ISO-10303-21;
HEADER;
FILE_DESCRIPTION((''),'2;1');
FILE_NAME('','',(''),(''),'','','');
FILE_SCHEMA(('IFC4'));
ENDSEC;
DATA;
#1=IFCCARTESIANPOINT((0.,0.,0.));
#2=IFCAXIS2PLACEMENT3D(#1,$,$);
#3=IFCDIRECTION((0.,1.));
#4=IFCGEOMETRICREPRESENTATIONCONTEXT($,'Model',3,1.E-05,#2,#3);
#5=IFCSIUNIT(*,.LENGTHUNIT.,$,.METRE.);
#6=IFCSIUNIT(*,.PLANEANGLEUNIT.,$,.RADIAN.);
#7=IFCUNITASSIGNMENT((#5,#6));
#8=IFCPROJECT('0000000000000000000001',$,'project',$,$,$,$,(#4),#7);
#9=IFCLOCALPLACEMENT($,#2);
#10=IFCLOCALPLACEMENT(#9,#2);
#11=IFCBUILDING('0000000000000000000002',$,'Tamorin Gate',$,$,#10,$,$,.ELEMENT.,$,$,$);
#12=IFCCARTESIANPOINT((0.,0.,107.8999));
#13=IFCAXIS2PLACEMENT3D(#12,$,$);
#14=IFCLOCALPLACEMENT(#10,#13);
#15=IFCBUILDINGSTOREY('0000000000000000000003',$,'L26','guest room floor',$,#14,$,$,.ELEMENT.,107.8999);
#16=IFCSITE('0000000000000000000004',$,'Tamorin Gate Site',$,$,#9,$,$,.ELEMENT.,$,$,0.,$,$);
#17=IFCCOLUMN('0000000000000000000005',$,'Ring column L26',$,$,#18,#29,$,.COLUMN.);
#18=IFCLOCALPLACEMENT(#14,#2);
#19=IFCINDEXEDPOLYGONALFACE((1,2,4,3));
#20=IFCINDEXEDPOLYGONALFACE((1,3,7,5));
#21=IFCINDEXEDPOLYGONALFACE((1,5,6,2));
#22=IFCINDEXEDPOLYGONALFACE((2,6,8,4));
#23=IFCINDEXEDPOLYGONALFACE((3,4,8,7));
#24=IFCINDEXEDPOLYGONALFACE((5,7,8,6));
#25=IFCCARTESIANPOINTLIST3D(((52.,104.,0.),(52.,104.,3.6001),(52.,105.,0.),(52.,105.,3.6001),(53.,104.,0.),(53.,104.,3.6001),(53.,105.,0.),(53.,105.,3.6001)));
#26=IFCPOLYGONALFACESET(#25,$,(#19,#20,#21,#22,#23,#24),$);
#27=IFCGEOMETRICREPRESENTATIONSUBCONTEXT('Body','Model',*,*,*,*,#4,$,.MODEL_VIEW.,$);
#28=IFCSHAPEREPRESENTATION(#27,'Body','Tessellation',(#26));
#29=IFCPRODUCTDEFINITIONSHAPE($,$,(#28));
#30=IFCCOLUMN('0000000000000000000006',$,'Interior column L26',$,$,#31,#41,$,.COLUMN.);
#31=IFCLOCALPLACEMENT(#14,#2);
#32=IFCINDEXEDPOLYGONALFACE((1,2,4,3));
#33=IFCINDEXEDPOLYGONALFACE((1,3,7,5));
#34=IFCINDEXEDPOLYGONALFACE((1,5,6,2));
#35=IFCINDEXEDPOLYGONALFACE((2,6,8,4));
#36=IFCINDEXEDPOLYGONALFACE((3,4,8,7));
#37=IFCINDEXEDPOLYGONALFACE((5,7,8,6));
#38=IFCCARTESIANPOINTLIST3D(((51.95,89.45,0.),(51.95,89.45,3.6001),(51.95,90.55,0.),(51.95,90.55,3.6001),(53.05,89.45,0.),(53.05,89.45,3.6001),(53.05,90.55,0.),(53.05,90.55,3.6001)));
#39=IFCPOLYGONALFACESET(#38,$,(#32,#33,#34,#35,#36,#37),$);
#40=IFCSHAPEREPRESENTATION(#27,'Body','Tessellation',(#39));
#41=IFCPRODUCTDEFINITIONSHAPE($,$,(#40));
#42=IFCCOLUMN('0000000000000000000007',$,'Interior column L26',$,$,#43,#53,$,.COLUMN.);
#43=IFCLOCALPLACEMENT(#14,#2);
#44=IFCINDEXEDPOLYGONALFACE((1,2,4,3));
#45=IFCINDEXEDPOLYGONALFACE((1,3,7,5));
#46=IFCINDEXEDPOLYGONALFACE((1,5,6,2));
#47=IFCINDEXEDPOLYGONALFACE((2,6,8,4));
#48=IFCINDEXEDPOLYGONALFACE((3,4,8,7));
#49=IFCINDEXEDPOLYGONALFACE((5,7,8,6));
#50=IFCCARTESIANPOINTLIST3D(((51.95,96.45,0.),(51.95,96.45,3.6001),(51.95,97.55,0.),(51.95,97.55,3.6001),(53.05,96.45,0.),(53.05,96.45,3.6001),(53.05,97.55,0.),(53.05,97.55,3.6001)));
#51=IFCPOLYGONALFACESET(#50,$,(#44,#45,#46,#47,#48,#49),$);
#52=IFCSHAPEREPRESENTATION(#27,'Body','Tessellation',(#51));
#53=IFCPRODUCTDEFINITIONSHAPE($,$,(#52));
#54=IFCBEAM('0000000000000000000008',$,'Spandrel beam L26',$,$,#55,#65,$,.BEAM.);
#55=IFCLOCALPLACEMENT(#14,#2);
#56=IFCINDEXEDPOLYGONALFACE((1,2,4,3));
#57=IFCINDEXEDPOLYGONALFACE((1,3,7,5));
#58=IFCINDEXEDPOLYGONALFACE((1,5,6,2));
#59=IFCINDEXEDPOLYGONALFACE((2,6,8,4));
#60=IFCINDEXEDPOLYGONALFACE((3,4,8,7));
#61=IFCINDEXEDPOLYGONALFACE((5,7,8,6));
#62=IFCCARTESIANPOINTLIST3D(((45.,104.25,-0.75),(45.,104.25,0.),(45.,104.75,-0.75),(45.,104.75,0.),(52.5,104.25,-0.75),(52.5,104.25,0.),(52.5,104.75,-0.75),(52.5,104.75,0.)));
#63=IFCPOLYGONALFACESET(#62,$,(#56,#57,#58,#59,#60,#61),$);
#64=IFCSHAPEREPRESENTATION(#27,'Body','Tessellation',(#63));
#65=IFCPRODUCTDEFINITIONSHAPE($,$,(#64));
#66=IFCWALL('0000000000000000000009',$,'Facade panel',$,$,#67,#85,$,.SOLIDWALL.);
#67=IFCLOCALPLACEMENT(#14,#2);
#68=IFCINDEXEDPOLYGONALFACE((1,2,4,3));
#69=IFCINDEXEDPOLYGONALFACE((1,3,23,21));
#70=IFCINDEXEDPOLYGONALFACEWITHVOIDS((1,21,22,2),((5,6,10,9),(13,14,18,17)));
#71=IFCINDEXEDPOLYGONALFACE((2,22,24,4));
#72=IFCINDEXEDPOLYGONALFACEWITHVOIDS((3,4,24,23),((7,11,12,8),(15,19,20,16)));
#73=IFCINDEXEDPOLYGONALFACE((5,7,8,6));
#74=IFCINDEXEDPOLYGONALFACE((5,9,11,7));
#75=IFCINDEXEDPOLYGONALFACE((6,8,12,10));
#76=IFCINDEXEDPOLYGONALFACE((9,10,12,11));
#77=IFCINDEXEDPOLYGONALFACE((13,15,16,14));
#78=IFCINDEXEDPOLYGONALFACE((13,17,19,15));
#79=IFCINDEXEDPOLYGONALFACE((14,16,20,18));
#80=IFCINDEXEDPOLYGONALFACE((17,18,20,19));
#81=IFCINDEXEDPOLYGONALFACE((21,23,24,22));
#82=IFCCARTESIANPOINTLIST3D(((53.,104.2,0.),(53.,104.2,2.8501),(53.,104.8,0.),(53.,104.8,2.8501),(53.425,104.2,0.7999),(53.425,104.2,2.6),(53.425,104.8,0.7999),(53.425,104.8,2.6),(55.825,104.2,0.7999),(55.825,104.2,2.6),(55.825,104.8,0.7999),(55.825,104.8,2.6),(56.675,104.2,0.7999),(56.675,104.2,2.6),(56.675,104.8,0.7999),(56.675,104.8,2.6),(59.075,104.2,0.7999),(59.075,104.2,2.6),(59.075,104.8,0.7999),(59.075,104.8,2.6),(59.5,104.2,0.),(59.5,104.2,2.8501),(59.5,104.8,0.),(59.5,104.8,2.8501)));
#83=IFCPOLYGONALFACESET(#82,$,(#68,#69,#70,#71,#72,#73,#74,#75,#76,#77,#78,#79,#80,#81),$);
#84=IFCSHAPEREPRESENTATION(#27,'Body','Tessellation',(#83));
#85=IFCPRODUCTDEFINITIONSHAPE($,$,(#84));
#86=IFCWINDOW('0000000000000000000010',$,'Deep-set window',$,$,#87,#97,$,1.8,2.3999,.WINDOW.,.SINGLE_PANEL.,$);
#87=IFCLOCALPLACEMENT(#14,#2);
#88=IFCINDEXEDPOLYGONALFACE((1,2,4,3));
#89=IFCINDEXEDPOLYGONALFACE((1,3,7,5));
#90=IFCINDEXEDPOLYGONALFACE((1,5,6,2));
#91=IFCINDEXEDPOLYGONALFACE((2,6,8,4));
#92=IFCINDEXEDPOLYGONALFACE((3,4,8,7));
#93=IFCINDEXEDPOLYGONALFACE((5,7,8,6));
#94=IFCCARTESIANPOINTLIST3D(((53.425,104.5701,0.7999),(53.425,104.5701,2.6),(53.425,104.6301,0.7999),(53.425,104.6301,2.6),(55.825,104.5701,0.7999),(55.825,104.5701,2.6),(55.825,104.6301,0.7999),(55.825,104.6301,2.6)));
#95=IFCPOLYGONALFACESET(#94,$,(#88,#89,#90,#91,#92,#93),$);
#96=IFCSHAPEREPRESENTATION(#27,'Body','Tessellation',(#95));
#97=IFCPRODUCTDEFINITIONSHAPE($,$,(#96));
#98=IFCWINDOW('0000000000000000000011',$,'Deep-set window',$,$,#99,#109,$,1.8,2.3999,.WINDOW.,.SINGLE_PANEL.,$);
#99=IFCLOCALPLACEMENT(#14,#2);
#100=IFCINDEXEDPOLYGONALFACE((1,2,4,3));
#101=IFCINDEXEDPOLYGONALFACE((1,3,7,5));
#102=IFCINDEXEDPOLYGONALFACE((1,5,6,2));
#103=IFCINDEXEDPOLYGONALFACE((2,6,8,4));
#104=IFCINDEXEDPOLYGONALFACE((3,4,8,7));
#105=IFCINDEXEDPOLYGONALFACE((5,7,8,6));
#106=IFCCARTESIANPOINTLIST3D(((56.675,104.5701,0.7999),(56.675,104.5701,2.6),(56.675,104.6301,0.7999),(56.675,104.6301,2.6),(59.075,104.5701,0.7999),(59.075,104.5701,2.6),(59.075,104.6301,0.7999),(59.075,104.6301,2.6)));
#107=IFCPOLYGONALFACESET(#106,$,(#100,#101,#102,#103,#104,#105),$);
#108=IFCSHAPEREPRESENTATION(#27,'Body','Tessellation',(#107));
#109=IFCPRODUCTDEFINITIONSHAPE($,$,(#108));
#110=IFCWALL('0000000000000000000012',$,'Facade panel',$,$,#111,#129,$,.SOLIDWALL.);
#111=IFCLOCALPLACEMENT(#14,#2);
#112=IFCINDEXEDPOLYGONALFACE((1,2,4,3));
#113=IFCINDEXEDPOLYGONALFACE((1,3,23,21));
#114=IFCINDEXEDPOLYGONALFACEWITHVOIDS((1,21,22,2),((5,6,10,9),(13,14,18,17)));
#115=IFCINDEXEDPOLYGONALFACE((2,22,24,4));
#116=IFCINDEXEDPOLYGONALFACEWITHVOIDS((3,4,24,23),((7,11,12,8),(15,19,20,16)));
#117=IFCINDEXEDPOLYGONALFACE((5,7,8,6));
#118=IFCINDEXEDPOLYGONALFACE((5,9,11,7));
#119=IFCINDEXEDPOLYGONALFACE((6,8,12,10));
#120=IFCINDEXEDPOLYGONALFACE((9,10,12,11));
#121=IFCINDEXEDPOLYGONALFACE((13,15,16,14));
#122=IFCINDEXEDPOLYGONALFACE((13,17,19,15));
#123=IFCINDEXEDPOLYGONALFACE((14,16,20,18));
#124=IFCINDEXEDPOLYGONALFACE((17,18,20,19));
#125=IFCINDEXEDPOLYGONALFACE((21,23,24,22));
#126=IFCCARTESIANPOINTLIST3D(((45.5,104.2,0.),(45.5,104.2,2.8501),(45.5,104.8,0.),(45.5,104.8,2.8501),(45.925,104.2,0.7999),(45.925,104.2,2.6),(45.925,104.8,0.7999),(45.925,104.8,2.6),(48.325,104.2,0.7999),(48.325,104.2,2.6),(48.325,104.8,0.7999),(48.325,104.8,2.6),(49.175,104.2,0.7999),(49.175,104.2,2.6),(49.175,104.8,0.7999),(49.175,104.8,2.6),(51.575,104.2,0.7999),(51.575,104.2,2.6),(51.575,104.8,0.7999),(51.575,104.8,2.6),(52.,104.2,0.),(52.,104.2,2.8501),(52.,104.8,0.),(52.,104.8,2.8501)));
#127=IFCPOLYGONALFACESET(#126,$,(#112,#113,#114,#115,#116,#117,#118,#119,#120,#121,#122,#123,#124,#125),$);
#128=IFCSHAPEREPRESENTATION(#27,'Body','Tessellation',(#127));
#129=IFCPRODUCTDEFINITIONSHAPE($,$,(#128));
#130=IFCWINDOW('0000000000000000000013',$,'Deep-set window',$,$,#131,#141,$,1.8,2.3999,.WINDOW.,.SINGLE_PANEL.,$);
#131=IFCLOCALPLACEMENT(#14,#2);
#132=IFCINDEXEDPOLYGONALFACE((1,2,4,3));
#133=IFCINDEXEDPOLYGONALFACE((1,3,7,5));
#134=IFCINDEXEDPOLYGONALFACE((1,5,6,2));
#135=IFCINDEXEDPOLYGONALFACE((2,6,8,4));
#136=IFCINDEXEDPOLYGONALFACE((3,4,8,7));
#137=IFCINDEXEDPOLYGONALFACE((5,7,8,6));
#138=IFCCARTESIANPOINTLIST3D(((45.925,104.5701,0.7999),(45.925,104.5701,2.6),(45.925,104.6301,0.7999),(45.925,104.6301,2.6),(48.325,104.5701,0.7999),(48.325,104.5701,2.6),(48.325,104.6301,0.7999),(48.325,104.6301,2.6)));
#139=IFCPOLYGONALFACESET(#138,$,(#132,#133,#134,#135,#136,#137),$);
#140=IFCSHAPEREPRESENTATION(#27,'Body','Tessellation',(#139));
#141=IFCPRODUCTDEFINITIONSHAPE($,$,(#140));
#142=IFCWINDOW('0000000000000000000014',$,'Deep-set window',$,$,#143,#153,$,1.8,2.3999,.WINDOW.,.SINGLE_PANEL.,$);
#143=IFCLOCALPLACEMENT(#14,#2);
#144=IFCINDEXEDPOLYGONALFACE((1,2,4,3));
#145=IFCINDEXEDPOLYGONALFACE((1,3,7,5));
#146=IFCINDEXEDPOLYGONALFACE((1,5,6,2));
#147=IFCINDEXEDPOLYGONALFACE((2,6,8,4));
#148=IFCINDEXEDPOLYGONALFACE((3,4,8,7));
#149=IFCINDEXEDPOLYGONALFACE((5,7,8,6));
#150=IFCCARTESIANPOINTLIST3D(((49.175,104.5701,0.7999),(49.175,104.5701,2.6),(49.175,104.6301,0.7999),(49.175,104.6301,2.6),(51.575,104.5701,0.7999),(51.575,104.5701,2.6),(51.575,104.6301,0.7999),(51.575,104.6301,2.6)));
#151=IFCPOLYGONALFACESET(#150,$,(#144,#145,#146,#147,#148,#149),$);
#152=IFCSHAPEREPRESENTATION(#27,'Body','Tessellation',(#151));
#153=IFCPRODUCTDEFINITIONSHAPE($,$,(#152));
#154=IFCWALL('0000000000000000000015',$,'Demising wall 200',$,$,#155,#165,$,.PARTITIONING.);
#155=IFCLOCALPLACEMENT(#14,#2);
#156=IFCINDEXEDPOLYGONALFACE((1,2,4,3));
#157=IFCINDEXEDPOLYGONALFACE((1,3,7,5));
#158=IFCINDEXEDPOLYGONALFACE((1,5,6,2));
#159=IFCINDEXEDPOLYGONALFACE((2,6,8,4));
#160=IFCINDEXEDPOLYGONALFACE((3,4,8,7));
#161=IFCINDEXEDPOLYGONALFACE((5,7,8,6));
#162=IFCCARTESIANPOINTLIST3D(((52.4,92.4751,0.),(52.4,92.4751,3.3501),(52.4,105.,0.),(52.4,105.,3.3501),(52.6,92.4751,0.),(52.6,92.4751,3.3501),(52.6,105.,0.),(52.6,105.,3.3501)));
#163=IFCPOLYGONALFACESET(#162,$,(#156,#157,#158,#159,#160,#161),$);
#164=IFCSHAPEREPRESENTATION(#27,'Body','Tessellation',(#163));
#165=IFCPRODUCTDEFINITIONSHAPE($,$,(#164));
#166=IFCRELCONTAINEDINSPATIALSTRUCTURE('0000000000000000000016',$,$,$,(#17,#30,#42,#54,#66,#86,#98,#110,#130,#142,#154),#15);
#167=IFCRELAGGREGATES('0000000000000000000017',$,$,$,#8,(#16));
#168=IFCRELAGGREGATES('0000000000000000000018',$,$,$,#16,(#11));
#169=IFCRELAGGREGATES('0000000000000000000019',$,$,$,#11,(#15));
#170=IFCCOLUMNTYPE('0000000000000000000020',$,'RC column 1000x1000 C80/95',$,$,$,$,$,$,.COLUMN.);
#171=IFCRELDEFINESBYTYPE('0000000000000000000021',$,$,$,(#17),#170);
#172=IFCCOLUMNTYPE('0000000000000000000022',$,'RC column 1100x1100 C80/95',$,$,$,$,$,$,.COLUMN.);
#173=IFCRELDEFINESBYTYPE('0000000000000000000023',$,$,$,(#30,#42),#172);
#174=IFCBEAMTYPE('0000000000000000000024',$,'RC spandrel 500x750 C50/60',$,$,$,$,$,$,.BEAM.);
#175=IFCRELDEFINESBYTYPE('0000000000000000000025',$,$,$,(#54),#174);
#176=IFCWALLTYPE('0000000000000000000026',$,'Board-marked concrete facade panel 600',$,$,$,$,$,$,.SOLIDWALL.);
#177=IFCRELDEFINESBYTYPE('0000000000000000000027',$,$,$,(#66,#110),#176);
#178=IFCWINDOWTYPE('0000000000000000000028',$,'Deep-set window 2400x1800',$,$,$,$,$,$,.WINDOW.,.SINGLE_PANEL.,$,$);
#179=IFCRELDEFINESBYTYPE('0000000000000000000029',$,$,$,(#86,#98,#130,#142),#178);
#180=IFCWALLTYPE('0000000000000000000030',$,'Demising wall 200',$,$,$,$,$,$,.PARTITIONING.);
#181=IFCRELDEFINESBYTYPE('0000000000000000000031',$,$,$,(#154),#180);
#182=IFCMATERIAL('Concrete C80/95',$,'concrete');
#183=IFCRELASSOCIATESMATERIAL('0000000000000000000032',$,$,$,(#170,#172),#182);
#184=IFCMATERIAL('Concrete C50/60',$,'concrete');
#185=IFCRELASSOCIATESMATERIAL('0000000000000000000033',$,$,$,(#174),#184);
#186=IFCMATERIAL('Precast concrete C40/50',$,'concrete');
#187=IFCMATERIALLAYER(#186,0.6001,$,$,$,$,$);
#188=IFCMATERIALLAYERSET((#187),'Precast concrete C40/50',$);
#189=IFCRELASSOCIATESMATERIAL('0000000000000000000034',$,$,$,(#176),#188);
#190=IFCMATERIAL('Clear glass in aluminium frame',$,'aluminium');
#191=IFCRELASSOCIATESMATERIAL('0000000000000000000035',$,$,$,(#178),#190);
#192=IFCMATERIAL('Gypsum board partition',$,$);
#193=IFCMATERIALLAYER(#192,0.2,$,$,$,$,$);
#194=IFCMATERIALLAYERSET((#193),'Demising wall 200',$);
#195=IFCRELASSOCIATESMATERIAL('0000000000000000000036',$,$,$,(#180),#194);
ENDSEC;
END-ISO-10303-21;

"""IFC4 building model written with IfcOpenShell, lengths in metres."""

from ifc_helpers import new_model, si_unit, direction, frame, frame_2d, origin, origin_2d, place, context, subcontext, project, spatial, rectangle, extrude, material, layer, layer_set, material_profile, profile_set, type_object, element, fill, save


model = new_model("IFC4")

# Units and contexts
model_context = context("Model", 3, precision=1e-05, world=origin(), true_north=direction((0.0, 1.0)))
body_context = subcontext(model_context, "Body", "Model", "MODEL_VIEW")
ifc_project = project(units=[si_unit("LENGTHUNIT", "METRE"), si_unit("PLANEANGLEUNIT", "RADIAN")], contexts=[model_context])

# Site, building, storey
site_placement = place(None, origin())
site = spatial("IfcSite", under=ifc_project, at=site_placement, Name="Tamorin Gate Site", CompositionType="ELEMENT", RefElevation=0.0)
building_placement = place(site_placement, origin())
building = spatial("IfcBuilding", under=site, at=building_placement, Name="Tamorin Gate", CompositionType="ELEMENT")
storey_placement = place(building_placement, frame((0.0, 0.0, 107.8999)))
storey = spatial("IfcBuildingStorey", under=building, at=storey_placement, Name="L26", Description="guest room floor", CompositionType="ELEMENT", Elevation=107.8999)

# Columns
ifc_material_1 = material(Name="Concrete C80/95", Category="concrete")
ifc_material_profile_1 = material_profile(ifc_material_1, rectangle(XDim=1.0, YDim=1.0, at=origin_2d()), Name="RC 1000x1000")
ifc_profile_set_1 = profile_set([ifc_material_profile_1], Name="Concrete C80/95")
column_type_1 = type_object("IfcColumnType", Name="RC column 1000x1000 C80/95", PredefinedType="COLUMN", material=ifc_profile_set_1)
column_placement = place(storey_placement, frame((52.5, 104.5, 0.0), z_axis=(0.0, 0.0, 1.0), x_axis=(1.0, 0.0, 0.0)))
element("IfcColumn", 1, at=column_placement, inside=storey, type_object=column_type_1, Name="Ring column L26", PredefinedType="COLUMN", context=body_context, shape_type="SweptSolid", body=[
    extrude(rectangle(XDim=1.0, YDim=1.0, at=origin_2d()), origin(), (0.0, 0.0, 1.0), 3.6001),
])
ifc_material_profile_2 = material_profile(ifc_material_1, rectangle(XDim=1.1001, YDim=1.1001, at=origin_2d()), Name="RC 1100x1100")
ifc_profile_set_2 = profile_set([ifc_material_profile_2], Name="Concrete C80/95")
column_type_2 = type_object("IfcColumnType", Name="RC column 1100x1100 C80/95", PredefinedType="COLUMN", material=ifc_profile_set_2)
for number, where, z_axis, x_axis, name in (
    (2, (52.5, 90.0, 0.0), (0.0, 0.0, 1.0), (1.0, 0.0, 0.0), "Interior column L26"),
    (3, (52.5, 97.0, 0.0), (0.0, 0.0, 1.0), (1.0, 0.0, 0.0), "Interior column L26"),
):
    element("IfcColumn", number, at=place(storey_placement, frame(where, z_axis=z_axis, x_axis=x_axis)), inside=storey, type_object=column_type_2, Name=name, PredefinedType="COLUMN", context=body_context, shape_type="SweptSolid", body=[
        extrude(rectangle(XDim=1.1001, YDim=1.1001, at=origin_2d()), origin(), (0.0, 0.0, 1.0), 3.6001),
    ])

# Beam
ifc_material_2 = material(Name="Concrete C50/60", Category="concrete")
ifc_material_profile_3 = material_profile(ifc_material_2, rectangle(XDim=0.5, YDim=0.75, at=origin_2d()), Name="RC 500x750")
ifc_profile_set_3 = profile_set([ifc_material_profile_3], Name="Concrete C50/60")
beam_type = type_object("IfcBeamType", Name="RC spandrel 500x750 C50/60", PredefinedType="BEAM", material=ifc_profile_set_3)
beam_placement = place(storey_placement, frame((52.5, 104.5, -0.375), z_axis=(-1.0, 0.0, 0.0), x_axis=(0.0, -1.0, 0.0)))
element("IfcBeam", 4, at=beam_placement, inside=storey, type_object=beam_type, Name="Spandrel beam L26", PredefinedType="BEAM", context=body_context, shape_type="SweptSolid", body=[
    extrude(rectangle(XDim=0.5, YDim=0.75, at=origin_2d()), origin(), (0.0, 0.0, 1.0), 7.5),
])

# Walls, openings, windows
ifc_material_3 = material(Name="Precast concrete C40/50", Category="concrete")
ifc_layer_1 = layer(ifc_material_3, 0.6001)
ifc_layer_set_1 = layer_set([ifc_layer_1], Name="Precast concrete C40/50")
wall_type_1 = type_object("IfcWallType", Name="Board-marked concrete facade panel 600", PredefinedType="SOLIDWALL", material=ifc_layer_set_1)
wall_1_placement = place(storey_placement, frame((59.5, 104.5, 0.0), z_axis=(0.0, 0.0, 1.0), x_axis=(-1.0, 0.0, 0.0)))
wall_1 = element("IfcWall", 5, at=wall_1_placement, inside=storey, type_object=wall_type_1, Name="Facade panel", PredefinedType="SOLIDWALL", context=body_context, shape_type="SweptSolid", body=[
    extrude(rectangle(XDim=6.5, YDim=0.6001, at=frame_2d((3.25, 0.0))), origin(), (0.0, 0.0, 1.0), 2.8501),
])
opening_1_placement = place(wall_1_placement, frame((3.675, 0.0, 0.8)))
opening_1 = element("IfcOpeningElement", 6, at=opening_1_placement, cuts=wall_1, PredefinedType="OPENING", context=body_context, shape_type="SweptSolid", body=[
    extrude(rectangle(XDim=2.3999, YDim=1.8, at=frame_2d((1.2, 0.8999))), frame((0.0, 0.3101, 0.0), z_axis=(0.0, -1.0, 0.0), x_axis=(1.0, 0.0, 0.0)), (0.0, 0.0, 1.0), 0.6201),
])
opening_2_placement = place(wall_1_placement, frame((0.425, 0.0, 0.8)))
opening_2 = element("IfcOpeningElement", 7, at=opening_2_placement, cuts=wall_1, PredefinedType="OPENING", context=body_context, shape_type="SweptSolid", body=[
    extrude(rectangle(XDim=2.3999, YDim=1.8, at=frame_2d((1.2, 0.8999))), frame((0.0, 0.3101, 0.0), z_axis=(0.0, -1.0, 0.0), x_axis=(1.0, 0.0, 0.0)), (0.0, 0.0, 1.0), 0.6201),
])
ifc_material_4 = material(Name="Clear glass in aluminium frame", Category="aluminium")
window_type = type_object("IfcWindowType", Name="Deep-set window 2400x1800", PartitioningType="SINGLE_PANEL", PredefinedType="WINDOW", material=ifc_material_4)
window_1_placement = place(opening_1_placement, origin())
window_1 = element("IfcWindow", 8, at=window_1_placement, inside=storey, type_object=window_type, Name="Deep-set window", OverallHeight=1.8, OverallWidth=2.3999, PartitioningType="SINGLE_PANEL", PredefinedType="WINDOW", context=body_context, shape_type="SweptSolid", body=[
    extrude(rectangle(XDim=2.3999, YDim=1.8, at=frame_2d((1.2, 0.8999))), frame((0.0, -0.0701, 0.0), z_axis=(0.0, -1.0, 0.0), x_axis=(1.0, 0.0, 0.0)), (0.0, 0.0, 1.0), 0.0601),
])
fill(opening_1, window_1)
window_2_placement = place(opening_2_placement, origin())
window_2 = element("IfcWindow", 9, at=window_2_placement, inside=storey, type_object=window_type, Name="Deep-set window", OverallHeight=1.8, OverallWidth=2.3999, PartitioningType="SINGLE_PANEL", PredefinedType="WINDOW", context=body_context, shape_type="SweptSolid", body=[
    extrude(rectangle(XDim=2.3999, YDim=1.8, at=frame_2d((1.2, 0.8999))), frame((0.0, -0.0701, 0.0), z_axis=(0.0, -1.0, 0.0), x_axis=(1.0, 0.0, 0.0)), (0.0, 0.0, 1.0), 0.0601),
])
fill(opening_2, window_2)
wall_2_placement = place(storey_placement, frame((52.0, 104.5, 0.0), z_axis=(0.0, 0.0, 1.0), x_axis=(-1.0, 0.0, 0.0)))
wall_2 = element("IfcWall", 10, at=wall_2_placement, inside=storey, type_object=wall_type_1, Name="Facade panel", PredefinedType="SOLIDWALL", context=body_context, shape_type="SweptSolid", body=[
    extrude(rectangle(XDim=6.5, YDim=0.6001, at=frame_2d((3.25, 0.0))), origin(), (0.0, 0.0, 1.0), 2.8501),
])
opening_3_placement = place(wall_2_placement, frame((3.675, 0.0, 0.8)))
opening_3 = element("IfcOpeningElement", 11, at=opening_3_placement, cuts=wall_2, PredefinedType="OPENING", context=body_context, shape_type="SweptSolid", body=[
    extrude(rectangle(XDim=2.3999, YDim=1.8, at=frame_2d((1.2, 0.8999))), frame((0.0, 0.3101, 0.0), z_axis=(0.0, -1.0, 0.0), x_axis=(1.0, 0.0, 0.0)), (0.0, 0.0, 1.0), 0.6201),
])
opening_4_placement = place(wall_2_placement, frame((0.425, 0.0, 0.8)))
opening_4 = element("IfcOpeningElement", 12, at=opening_4_placement, cuts=wall_2, PredefinedType="OPENING", context=body_context, shape_type="SweptSolid", body=[
    extrude(rectangle(XDim=2.3999, YDim=1.8, at=frame_2d((1.2, 0.8999))), frame((0.0, 0.3101, 0.0), z_axis=(0.0, -1.0, 0.0), x_axis=(1.0, 0.0, 0.0)), (0.0, 0.0, 1.0), 0.6201),
])
window_3_placement = place(opening_3_placement, origin())
window_3 = element("IfcWindow", 13, at=window_3_placement, inside=storey, type_object=window_type, Name="Deep-set window", OverallHeight=1.8, OverallWidth=2.3999, PartitioningType="SINGLE_PANEL", PredefinedType="WINDOW", context=body_context, shape_type="SweptSolid", body=[
    extrude(rectangle(XDim=2.3999, YDim=1.8, at=frame_2d((1.2, 0.8999))), frame((0.0, -0.0701, 0.0), z_axis=(0.0, -1.0, 0.0), x_axis=(1.0, 0.0, 0.0)), (0.0, 0.0, 1.0), 0.0601),
])
fill(opening_3, window_3)
window_4_placement = place(opening_4_placement, origin())
window_4 = element("IfcWindow", 14, at=window_4_placement, inside=storey, type_object=window_type, Name="Deep-set window", OverallHeight=1.8, OverallWidth=2.3999, PartitioningType="SINGLE_PANEL", PredefinedType="WINDOW", context=body_context, shape_type="SweptSolid", body=[
    extrude(rectangle(XDim=2.3999, YDim=1.8, at=frame_2d((1.2, 0.8999))), frame((0.0, -0.0701, 0.0), z_axis=(0.0, -1.0, 0.0), x_axis=(1.0, 0.0, 0.0)), (0.0, 0.0, 1.0), 0.0601),
])
fill(opening_4, window_4)

# Wall
ifc_material_5 = material(Name="Gypsum board partition")
ifc_layer_2 = layer(ifc_material_5, 0.2)
ifc_layer_set_2 = layer_set([ifc_layer_2], Name="Demising wall 200")
wall_type_2 = type_object("IfcWallType", Name="Demising wall 200", PredefinedType="PARTITIONING", material=ifc_layer_set_2)
wall_3_placement = place(storey_placement, frame((52.5, 92.4751, 0.0), z_axis=(0.0, 0.0, 1.0), x_axis=(0.0, 1.0, 0.0)))
element("IfcWall", 15, at=wall_3_placement, inside=storey, type_object=wall_type_2, Name="Demising wall 200", PredefinedType="PARTITIONING", context=body_context, shape_type="SweptSolid", body=[
    extrude(rectangle(XDim=12.5249, YDim=0.2, at=frame_2d((6.2625, 0.0))), origin(), (0.0, 0.0, 1.0), 3.3501),
])

save(model, "model.ifc")
